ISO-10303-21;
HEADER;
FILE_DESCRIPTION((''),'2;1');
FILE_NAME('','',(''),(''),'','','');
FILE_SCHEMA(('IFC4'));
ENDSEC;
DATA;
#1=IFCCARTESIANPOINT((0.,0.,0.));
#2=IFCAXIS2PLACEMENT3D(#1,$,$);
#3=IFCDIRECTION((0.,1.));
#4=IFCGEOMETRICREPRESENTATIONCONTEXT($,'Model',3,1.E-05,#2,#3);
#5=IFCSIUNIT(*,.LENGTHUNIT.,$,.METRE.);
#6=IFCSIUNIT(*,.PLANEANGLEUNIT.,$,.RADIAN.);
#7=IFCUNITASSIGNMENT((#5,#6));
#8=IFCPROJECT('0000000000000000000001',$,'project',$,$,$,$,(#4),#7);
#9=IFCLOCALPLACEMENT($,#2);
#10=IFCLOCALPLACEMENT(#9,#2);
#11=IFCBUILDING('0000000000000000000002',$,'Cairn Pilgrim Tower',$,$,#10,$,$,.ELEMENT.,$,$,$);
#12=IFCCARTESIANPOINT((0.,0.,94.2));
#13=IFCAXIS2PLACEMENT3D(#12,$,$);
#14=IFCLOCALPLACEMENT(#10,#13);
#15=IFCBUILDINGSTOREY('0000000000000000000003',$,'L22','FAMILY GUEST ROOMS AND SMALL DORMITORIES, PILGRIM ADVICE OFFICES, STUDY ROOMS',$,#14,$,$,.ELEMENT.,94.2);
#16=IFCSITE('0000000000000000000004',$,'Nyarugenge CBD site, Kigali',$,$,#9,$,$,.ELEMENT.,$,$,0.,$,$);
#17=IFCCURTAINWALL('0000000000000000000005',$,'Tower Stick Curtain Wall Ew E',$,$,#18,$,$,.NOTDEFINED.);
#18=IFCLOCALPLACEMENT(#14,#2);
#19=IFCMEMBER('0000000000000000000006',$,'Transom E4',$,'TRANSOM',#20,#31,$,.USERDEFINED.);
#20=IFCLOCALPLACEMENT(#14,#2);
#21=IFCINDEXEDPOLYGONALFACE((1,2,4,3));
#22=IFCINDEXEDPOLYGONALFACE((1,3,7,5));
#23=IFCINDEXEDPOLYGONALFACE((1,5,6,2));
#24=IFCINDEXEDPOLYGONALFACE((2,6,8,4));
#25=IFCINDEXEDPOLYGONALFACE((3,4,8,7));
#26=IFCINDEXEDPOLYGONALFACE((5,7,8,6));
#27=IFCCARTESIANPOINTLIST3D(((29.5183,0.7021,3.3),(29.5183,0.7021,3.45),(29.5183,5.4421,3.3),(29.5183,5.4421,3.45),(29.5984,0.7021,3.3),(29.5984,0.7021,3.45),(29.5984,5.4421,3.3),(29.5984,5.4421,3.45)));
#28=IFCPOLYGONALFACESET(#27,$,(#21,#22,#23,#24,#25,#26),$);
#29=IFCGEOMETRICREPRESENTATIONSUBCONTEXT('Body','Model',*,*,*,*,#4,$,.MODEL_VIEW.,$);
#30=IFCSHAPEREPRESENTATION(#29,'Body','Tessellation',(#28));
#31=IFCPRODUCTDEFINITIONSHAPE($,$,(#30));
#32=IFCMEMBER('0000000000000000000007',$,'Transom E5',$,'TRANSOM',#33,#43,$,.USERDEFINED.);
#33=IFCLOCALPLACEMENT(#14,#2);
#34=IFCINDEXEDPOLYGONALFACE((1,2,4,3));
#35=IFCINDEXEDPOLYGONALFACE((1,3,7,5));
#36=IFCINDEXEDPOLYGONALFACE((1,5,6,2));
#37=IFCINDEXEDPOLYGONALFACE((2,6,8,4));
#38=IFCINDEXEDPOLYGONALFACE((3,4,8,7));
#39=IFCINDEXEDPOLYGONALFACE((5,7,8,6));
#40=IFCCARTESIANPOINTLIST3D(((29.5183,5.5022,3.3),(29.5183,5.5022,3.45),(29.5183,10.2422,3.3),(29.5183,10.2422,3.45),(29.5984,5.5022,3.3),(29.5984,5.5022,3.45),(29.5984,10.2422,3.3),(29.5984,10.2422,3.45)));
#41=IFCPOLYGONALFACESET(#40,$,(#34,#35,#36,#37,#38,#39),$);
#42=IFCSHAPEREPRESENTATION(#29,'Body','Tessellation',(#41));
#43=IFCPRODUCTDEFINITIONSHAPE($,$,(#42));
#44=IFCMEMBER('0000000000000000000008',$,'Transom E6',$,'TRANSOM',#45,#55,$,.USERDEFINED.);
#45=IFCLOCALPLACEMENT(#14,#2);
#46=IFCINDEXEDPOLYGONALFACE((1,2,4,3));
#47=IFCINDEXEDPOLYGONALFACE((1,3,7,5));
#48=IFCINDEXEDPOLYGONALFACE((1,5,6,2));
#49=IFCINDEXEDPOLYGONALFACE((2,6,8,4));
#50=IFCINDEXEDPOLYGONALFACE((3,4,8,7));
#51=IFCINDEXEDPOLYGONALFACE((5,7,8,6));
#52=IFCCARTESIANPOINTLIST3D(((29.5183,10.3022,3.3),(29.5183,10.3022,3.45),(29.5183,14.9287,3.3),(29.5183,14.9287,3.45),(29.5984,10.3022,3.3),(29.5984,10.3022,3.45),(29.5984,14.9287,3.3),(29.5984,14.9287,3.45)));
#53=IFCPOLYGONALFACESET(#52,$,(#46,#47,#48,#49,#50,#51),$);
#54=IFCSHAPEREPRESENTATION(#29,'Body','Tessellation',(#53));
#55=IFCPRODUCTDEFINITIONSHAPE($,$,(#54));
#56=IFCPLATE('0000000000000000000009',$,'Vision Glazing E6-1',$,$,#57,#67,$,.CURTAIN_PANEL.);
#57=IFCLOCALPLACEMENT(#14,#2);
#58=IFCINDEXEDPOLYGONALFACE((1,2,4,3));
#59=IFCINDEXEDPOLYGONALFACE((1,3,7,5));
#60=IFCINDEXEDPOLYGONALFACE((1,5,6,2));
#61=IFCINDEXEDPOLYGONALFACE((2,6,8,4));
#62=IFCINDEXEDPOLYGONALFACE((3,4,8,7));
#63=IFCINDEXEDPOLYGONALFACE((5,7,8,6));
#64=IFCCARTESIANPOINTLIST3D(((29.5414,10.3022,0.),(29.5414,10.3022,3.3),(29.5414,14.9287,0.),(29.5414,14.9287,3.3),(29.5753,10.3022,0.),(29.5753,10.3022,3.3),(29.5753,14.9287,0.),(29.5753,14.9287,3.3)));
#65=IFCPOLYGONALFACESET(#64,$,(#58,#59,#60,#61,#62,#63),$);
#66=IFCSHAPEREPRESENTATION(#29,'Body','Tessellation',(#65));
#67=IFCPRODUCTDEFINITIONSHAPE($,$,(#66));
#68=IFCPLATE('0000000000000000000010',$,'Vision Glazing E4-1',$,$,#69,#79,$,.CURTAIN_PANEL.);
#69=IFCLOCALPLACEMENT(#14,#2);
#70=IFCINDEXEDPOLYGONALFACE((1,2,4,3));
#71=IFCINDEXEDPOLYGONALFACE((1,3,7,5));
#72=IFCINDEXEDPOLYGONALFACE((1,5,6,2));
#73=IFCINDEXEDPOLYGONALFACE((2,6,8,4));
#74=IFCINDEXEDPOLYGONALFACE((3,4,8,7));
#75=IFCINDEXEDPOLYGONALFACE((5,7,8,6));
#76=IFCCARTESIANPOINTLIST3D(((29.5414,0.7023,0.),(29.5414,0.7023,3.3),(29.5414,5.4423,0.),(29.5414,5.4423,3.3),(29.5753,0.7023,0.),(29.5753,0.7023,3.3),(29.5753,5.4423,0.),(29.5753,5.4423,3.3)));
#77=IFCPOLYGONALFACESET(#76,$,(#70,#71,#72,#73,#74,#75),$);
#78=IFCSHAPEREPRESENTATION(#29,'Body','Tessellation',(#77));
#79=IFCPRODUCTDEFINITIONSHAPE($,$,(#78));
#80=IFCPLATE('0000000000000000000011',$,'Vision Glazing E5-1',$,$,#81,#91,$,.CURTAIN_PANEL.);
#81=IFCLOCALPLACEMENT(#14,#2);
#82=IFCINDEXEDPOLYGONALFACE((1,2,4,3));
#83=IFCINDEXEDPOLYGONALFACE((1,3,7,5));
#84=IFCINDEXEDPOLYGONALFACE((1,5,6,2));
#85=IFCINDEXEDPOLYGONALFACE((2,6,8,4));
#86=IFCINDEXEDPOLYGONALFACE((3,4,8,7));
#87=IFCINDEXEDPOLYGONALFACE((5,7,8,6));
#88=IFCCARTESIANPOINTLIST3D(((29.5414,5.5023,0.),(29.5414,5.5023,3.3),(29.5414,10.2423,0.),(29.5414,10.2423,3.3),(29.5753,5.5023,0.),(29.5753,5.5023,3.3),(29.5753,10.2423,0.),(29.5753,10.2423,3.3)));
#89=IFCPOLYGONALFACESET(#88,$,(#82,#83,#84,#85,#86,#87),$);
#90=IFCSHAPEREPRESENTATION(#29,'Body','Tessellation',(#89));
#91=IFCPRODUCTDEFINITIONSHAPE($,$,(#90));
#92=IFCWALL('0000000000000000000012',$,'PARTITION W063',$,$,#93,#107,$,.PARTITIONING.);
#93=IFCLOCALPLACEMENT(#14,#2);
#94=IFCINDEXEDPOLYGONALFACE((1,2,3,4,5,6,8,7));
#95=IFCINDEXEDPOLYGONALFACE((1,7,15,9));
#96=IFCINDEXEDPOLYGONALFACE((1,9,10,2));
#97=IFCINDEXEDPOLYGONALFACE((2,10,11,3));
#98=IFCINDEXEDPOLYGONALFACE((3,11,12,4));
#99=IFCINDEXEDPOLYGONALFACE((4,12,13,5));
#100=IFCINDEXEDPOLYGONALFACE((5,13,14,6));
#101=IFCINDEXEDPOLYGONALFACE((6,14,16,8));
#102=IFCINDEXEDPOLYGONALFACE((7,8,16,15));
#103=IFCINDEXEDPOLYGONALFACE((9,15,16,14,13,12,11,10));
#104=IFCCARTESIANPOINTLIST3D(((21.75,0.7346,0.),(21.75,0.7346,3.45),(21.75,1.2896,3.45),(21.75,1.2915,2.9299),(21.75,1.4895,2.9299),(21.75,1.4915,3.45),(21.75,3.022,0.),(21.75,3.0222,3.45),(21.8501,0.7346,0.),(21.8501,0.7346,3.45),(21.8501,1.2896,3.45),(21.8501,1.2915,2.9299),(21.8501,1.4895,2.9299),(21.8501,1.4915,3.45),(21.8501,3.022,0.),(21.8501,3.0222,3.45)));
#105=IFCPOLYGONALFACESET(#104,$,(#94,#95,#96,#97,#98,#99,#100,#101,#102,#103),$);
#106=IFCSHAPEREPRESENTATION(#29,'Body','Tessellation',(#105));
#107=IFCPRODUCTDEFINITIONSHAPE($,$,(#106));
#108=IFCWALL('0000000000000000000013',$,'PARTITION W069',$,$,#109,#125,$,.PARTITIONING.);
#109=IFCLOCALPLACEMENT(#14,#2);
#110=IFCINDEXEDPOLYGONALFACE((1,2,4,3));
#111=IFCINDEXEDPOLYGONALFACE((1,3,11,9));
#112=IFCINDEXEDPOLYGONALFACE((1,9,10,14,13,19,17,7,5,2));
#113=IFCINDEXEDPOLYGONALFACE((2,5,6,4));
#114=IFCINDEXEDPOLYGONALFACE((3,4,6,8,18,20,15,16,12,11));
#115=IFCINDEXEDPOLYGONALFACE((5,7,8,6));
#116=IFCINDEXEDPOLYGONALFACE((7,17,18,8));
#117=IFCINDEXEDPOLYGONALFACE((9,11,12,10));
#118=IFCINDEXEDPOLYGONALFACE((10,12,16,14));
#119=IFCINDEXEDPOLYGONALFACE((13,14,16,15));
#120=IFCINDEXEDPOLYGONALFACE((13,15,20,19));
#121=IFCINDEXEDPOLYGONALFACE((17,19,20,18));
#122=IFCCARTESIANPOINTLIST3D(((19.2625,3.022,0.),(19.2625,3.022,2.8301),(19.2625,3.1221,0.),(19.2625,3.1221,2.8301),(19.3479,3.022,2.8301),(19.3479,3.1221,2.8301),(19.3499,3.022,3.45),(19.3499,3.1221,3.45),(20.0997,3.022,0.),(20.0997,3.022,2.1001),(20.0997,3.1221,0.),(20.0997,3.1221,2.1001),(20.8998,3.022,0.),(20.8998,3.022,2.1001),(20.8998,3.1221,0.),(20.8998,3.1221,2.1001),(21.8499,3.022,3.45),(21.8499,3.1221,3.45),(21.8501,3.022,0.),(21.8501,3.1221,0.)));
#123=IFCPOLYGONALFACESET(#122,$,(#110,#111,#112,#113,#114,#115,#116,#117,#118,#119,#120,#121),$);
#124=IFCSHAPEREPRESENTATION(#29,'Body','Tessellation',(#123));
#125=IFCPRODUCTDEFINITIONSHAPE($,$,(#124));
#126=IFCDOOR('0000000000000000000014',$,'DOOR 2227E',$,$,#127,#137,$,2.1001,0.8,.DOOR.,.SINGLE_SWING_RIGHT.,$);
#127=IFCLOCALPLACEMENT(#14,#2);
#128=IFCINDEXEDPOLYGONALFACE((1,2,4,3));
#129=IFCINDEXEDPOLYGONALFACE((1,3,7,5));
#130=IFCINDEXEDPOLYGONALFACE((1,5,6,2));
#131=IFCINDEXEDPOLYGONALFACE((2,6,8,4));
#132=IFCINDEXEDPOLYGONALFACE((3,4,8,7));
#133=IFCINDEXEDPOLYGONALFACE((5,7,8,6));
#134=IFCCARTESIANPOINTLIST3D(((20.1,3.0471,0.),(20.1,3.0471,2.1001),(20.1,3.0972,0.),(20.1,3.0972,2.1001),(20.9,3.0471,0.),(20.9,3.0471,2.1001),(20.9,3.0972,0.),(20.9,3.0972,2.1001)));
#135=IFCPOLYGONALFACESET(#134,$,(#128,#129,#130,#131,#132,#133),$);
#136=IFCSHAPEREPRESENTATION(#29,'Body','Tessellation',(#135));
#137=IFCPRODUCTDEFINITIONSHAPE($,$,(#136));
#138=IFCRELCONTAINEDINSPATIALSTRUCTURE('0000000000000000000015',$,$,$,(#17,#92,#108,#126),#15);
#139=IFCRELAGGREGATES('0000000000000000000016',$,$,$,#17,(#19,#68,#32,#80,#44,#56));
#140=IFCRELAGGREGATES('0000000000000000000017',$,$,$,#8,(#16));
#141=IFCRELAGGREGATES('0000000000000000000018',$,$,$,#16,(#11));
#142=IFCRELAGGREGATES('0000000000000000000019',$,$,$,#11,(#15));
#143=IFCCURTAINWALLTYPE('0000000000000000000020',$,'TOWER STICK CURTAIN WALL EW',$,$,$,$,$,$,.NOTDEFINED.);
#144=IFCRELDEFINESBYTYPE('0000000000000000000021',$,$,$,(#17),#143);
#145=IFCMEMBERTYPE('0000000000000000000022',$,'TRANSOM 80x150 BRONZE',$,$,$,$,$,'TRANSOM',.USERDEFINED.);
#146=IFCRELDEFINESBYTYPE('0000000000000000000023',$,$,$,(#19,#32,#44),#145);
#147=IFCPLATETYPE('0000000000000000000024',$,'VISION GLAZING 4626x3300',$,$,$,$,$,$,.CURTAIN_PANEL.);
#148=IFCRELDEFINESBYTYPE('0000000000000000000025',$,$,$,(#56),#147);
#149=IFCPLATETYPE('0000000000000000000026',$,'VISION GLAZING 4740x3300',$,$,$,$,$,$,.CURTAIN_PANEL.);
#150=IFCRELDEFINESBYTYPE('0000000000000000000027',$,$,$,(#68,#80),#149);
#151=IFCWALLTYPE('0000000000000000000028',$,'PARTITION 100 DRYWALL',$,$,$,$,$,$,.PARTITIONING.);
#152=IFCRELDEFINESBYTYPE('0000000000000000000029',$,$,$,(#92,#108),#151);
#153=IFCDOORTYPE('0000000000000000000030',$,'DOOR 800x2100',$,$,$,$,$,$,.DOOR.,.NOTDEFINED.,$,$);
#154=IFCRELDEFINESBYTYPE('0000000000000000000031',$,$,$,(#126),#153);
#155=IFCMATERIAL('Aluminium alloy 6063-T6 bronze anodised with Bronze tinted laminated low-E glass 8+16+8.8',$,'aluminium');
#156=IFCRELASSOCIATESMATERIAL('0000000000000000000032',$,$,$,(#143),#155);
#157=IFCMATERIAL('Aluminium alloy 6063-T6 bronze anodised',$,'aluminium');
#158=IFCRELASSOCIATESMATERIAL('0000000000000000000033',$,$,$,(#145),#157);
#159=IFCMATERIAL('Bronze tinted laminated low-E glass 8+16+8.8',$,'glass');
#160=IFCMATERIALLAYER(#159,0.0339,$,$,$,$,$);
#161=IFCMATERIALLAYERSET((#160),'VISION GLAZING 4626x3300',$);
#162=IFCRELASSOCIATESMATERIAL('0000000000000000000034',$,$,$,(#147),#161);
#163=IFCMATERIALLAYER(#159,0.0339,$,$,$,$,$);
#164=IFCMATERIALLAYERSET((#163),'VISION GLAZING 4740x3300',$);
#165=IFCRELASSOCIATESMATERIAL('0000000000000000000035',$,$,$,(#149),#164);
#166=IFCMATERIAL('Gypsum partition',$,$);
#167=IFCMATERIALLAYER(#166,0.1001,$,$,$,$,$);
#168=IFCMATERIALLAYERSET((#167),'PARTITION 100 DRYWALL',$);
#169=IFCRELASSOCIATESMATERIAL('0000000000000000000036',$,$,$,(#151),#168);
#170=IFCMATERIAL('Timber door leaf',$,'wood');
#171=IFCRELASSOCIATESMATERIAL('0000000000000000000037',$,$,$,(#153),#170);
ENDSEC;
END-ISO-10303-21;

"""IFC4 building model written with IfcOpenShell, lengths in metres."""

from ifc_helpers import new_model, si_unit, direction, frame, frame_2d, origin, origin_2d, place, context, subcontext, project, spatial, polyline, rectangle, outline, extrude, material, layer, layer_set, material_profile, profile_set, type_object, element, fill, aggregate, save


model = new_model("IFC4")

# Units and contexts
model_context = context("Model", 3, precision=1e-05, world=origin(), true_north=direction((0.0, 1.0)))
body_context = subcontext(model_context, "Body", "Model", "MODEL_VIEW")
ifc_project = project(units=[si_unit("LENGTHUNIT", "METRE"), si_unit("PLANEANGLEUNIT", "RADIAN")], contexts=[model_context])

# Site, building, storey
site_placement = place(None, origin())
site = spatial("IfcSite", under=ifc_project, at=site_placement, Name="Nyarugenge CBD site, Kigali", CompositionType="ELEMENT", RefElevation=0.0)
building_placement = place(site_placement, origin())
building = spatial("IfcBuilding", under=site, at=building_placement, Name="Cairn Pilgrim Tower", CompositionType="ELEMENT")
storey_placement = place(building_placement, frame((0.0, 0.0, 94.2)))
storey = spatial("IfcBuildingStorey", under=building, at=storey_placement, Name="L22", Description="FAMILY GUEST ROOMS AND SMALL DORMITORIES, PILGRIM ADVICE OFFICES, STUDY ROOMS", CompositionType="ELEMENT", Elevation=94.2)

# Curtain wall
ifc_material_1 = material(Name="Aluminium alloy 6063-T6 bronze anodised with Bronze tinted laminated low-E glass 8+16+8.8", Category="aluminium")
curtain_wall_type = type_object("IfcCurtainWallType", Name="TOWER STICK CURTAIN WALL EW", PredefinedType="NOTDEFINED", material=ifc_material_1)
curtain_wall_placement = place(storey_placement, origin())
curtain_wall = element("IfcCurtainWall", 1, at=curtain_wall_placement, inside=storey, type_object=curtain_wall_type, Name="Tower Stick Curtain Wall Ew E", PredefinedType="NOTDEFINED")
ifc_material_2 = material(Name="Aluminium alloy 6063-T6 bronze anodised", Category="aluminium")

# Members
ifc_material_profile_1 = material_profile(ifc_material_2, rectangle(XDim=0.0801, YDim=0.1499, at=origin_2d()), Name="TRANSOM 80x150 BRONZE")
ifc_profile_set_1 = profile_set([ifc_material_profile_1], Name="Aluminium alloy 6063-T6 bronze anodised")
member_type_1 = type_object("IfcMemberType", Name="TRANSOM 80x150 BRONZE", ElementType="TRANSOM", PredefinedType="USERDEFINED", material=ifc_profile_set_1)
member_1_placement = place(storey_placement, frame((29.5583, 0.7021, 3.375), z_axis=(0.0, 1.0, 0.0), x_axis=(-1.0, 0.0, 0.0)))
member_1 = element("IfcMember", 2, at=member_1_placement, type_object=member_type_1, Name="Transom E4", ObjectType="TRANSOM", PredefinedType="USERDEFINED", context=body_context, shape_type="SweptSolid", body=[
    extrude(rectangle(XDim=0.0801, YDim=0.1499, at=origin_2d()), origin(), (0.0, 0.0, 1.0), 4.74),
])
member_2_placement = place(storey_placement, frame((29.5583, 5.5022, 3.375), z_axis=(0.0, 1.0, 0.0), x_axis=(-1.0, 0.0, 0.0)))
member_2 = element("IfcMember", 3, at=member_2_placement, type_object=member_type_1, Name="Transom E5", ObjectType="TRANSOM", PredefinedType="USERDEFINED", context=body_context, shape_type="SweptSolid", body=[
    extrude(rectangle(XDim=0.0801, YDim=0.1499, at=origin_2d()), origin(), (0.0, 0.0, 1.0), 4.74),
])
member_3_placement = place(storey_placement, frame((29.5583, 10.3022, 3.375), z_axis=(0.0, 1.0, 0.0), x_axis=(-1.0, 0.0, 0.0)))
member_3 = element("IfcMember", 4, at=member_3_placement, type_object=member_type_1, Name="Transom E6", ObjectType="TRANSOM", PredefinedType="USERDEFINED", context=body_context, shape_type="SweptSolid", body=[
    extrude(rectangle(XDim=0.0801, YDim=0.1499, at=origin_2d()), origin(), (0.0, 0.0, 1.0), 4.6265),
])

# Plates
ifc_material_3 = material(Name="Bronze tinted laminated low-E glass 8+16+8.8", Category="glass")
ifc_layer_1 = layer(ifc_material_3, 0.0339)
ifc_layer_set_1 = layer_set([ifc_layer_1], Name="VISION GLAZING 4626x3300")
plate_type_1 = type_object("IfcPlateType", Name="VISION GLAZING 4626x3300", PredefinedType="CURTAIN_PANEL", material=ifc_layer_set_1)
plate_1_placement = place(storey_placement, frame((29.5583, 12.6155, 0.0), z_axis=(0.0, 0.0, 1.0), x_axis=(0.0, 1.0, 0.0)))
plate_1 = element("IfcPlate", 5, at=plate_1_placement, type_object=plate_type_1, Name="Vision Glazing E6-1", PredefinedType="CURTAIN_PANEL", context=body_context, shape_type="SweptSolid", body=[
    extrude(rectangle(XDim=4.6265, YDim=0.0339, at=origin_2d()), origin(), (0.0, 0.0, 1.0), 3.3),
])
ifc_layer_2 = layer(ifc_material_3, 0.0339)
ifc_layer_set_2 = layer_set([ifc_layer_2], Name="VISION GLAZING 4740x3300")
plate_type_2 = type_object("IfcPlateType", Name="VISION GLAZING 4740x3300", PredefinedType="CURTAIN_PANEL", material=ifc_layer_set_2)
plate_2_placement = place(storey_placement, frame((29.5583, 3.0723, 0.0), z_axis=(0.0, 0.0, 1.0), x_axis=(0.0, 1.0, 0.0)))
plate_2 = element("IfcPlate", 6, at=plate_2_placement, type_object=plate_type_2, Name="Vision Glazing E4-1", PredefinedType="CURTAIN_PANEL", context=body_context, shape_type="SweptSolid", body=[
    extrude(rectangle(XDim=4.74, YDim=0.0339, at=origin_2d()), origin(), (0.0, 0.0, 1.0), 3.3),
])
plate_3_placement = place(storey_placement, frame((29.5583, 7.8723, 0.0), z_axis=(0.0, 0.0, 1.0), x_axis=(0.0, 1.0, 0.0)))
plate_3 = element("IfcPlate", 7, at=plate_3_placement, type_object=plate_type_2, Name="Vision Glazing E5-1", PredefinedType="CURTAIN_PANEL", context=body_context, shape_type="SweptSolid", body=[
    extrude(rectangle(XDim=4.74, YDim=0.0339, at=origin_2d()), origin(), (0.0, 0.0, 1.0), 3.3),
])
aggregate(curtain_wall, [member_1, plate_2, member_2, plate_3, member_3, plate_1])

# Wall
ifc_material_4 = material(Name="Gypsum partition")
ifc_layer_3 = layer(ifc_material_4, 0.1001)
ifc_layer_set_3 = layer_set([ifc_layer_3], Name="PARTITION 100 DRYWALL")
wall_type_1 = type_object("IfcWallType", Name="PARTITION 100 DRYWALL", PredefinedType="PARTITIONING", material=ifc_layer_set_3)
wall_1_placement = place(storey_placement, frame((21.8, 0.7346, 0.0), z_axis=(0.0, 0.0, 1.0), x_axis=(0.0, 1.0, 0.0)))
element("IfcWall", 8, at=wall_1_placement, inside=storey, type_object=wall_type_1, Name="PARTITION W063", PredefinedType="PARTITIONING", context=body_context, shape_type="SweptSolid", body=[
    extrude(outline(polyline([(0.0, 0.0), (2.2874, 0.0), (2.2876, 3.45), (0.7568, 3.45), (0.7549, 2.9299), (0.5569, 2.9299), (0.5549, 3.45), (0.0, 3.45), (0.0, 0.0)])), frame((0.0, 0.05, 0.0), z_axis=(0.0, -1.0, 0.0), x_axis=(1.0, 0.0, 0.0)), (0.0, 0.0, 1.0), 0.1001),
])

# Wall, opening, door
wall_2_placement = place(storey_placement, frame((19.2625, 3.072, 0.0), z_axis=(0.0, 0.0, 1.0), x_axis=(1.0, 0.0, 0.0)))
wall_2 = element("IfcWall", 9, at=wall_2_placement, inside=storey, type_object=wall_type_1, Name="PARTITION W069", PredefinedType="PARTITIONING", context=body_context, shape_type="SweptSolid", body=[
    extrude(outline(polyline([(0.0, 0.0), (2.5876, 0.0), (2.5874, 3.45), (0.0874, 3.45), (0.0854, 2.8301), (0.0, 2.8301), (0.0, 0.0)])), frame((0.0, 0.05, 0.0), z_axis=(0.0, -1.0, 0.0), x_axis=(1.0, 0.0, 0.0)), (0.0, 0.0, 1.0), 0.1001),
])
opening_1_placement = place(wall_2_placement, frame((0.8374, 0.0, 0.0)))
opening_1 = element("IfcOpeningElement", 10, at=opening_1_placement, cuts=wall_2, PredefinedType="OPENING", context=body_context, shape_type="SweptSolid", body=[
    extrude(rectangle(XDim=0.8, YDim=2.1001, at=frame_2d((0.3999, 1.05))), frame((0.0, 0.0601, 0.0), z_axis=(0.0, -1.0, 0.0), x_axis=(1.0, 0.0, 0.0)), (0.0, 0.0, 1.0), 0.1201),
])
ifc_material_5 = material(Name="Timber door leaf", Category="wood")
door_type_1 = type_object("IfcDoorType", Name="DOOR 800x2100", OperationType="NOTDEFINED", PredefinedType="DOOR", material=ifc_material_5)
door_1_placement = place(opening_1_placement, frame((0.8, 0.0, 0.0), z_axis=(0.0, 0.0, 1.0), x_axis=(-1.0, 0.0, 0.0)))
door_1 = element("IfcDoor", 11, at=door_1_placement, inside=storey, type_object=door_type_1, Name="DOOR 2227E", OperationType="SINGLE_SWING_RIGHT", OverallHeight=2.1001, OverallWidth=0.8, PredefinedType="DOOR", context=body_context, shape_type="SweptSolid", body=[
    extrude(rectangle(XDim=0.8, YDim=2.1001, at=frame_2d((0.3999, 1.05))), frame((0.0, 0.0249, 0.0), z_axis=(0.0, -1.0, 0.0), x_axis=(1.0, 0.0, 0.0)), (0.0, 0.0, 1.0), 0.05),
])
fill(opening_1, door_1)

save(model, "model.ifc")
